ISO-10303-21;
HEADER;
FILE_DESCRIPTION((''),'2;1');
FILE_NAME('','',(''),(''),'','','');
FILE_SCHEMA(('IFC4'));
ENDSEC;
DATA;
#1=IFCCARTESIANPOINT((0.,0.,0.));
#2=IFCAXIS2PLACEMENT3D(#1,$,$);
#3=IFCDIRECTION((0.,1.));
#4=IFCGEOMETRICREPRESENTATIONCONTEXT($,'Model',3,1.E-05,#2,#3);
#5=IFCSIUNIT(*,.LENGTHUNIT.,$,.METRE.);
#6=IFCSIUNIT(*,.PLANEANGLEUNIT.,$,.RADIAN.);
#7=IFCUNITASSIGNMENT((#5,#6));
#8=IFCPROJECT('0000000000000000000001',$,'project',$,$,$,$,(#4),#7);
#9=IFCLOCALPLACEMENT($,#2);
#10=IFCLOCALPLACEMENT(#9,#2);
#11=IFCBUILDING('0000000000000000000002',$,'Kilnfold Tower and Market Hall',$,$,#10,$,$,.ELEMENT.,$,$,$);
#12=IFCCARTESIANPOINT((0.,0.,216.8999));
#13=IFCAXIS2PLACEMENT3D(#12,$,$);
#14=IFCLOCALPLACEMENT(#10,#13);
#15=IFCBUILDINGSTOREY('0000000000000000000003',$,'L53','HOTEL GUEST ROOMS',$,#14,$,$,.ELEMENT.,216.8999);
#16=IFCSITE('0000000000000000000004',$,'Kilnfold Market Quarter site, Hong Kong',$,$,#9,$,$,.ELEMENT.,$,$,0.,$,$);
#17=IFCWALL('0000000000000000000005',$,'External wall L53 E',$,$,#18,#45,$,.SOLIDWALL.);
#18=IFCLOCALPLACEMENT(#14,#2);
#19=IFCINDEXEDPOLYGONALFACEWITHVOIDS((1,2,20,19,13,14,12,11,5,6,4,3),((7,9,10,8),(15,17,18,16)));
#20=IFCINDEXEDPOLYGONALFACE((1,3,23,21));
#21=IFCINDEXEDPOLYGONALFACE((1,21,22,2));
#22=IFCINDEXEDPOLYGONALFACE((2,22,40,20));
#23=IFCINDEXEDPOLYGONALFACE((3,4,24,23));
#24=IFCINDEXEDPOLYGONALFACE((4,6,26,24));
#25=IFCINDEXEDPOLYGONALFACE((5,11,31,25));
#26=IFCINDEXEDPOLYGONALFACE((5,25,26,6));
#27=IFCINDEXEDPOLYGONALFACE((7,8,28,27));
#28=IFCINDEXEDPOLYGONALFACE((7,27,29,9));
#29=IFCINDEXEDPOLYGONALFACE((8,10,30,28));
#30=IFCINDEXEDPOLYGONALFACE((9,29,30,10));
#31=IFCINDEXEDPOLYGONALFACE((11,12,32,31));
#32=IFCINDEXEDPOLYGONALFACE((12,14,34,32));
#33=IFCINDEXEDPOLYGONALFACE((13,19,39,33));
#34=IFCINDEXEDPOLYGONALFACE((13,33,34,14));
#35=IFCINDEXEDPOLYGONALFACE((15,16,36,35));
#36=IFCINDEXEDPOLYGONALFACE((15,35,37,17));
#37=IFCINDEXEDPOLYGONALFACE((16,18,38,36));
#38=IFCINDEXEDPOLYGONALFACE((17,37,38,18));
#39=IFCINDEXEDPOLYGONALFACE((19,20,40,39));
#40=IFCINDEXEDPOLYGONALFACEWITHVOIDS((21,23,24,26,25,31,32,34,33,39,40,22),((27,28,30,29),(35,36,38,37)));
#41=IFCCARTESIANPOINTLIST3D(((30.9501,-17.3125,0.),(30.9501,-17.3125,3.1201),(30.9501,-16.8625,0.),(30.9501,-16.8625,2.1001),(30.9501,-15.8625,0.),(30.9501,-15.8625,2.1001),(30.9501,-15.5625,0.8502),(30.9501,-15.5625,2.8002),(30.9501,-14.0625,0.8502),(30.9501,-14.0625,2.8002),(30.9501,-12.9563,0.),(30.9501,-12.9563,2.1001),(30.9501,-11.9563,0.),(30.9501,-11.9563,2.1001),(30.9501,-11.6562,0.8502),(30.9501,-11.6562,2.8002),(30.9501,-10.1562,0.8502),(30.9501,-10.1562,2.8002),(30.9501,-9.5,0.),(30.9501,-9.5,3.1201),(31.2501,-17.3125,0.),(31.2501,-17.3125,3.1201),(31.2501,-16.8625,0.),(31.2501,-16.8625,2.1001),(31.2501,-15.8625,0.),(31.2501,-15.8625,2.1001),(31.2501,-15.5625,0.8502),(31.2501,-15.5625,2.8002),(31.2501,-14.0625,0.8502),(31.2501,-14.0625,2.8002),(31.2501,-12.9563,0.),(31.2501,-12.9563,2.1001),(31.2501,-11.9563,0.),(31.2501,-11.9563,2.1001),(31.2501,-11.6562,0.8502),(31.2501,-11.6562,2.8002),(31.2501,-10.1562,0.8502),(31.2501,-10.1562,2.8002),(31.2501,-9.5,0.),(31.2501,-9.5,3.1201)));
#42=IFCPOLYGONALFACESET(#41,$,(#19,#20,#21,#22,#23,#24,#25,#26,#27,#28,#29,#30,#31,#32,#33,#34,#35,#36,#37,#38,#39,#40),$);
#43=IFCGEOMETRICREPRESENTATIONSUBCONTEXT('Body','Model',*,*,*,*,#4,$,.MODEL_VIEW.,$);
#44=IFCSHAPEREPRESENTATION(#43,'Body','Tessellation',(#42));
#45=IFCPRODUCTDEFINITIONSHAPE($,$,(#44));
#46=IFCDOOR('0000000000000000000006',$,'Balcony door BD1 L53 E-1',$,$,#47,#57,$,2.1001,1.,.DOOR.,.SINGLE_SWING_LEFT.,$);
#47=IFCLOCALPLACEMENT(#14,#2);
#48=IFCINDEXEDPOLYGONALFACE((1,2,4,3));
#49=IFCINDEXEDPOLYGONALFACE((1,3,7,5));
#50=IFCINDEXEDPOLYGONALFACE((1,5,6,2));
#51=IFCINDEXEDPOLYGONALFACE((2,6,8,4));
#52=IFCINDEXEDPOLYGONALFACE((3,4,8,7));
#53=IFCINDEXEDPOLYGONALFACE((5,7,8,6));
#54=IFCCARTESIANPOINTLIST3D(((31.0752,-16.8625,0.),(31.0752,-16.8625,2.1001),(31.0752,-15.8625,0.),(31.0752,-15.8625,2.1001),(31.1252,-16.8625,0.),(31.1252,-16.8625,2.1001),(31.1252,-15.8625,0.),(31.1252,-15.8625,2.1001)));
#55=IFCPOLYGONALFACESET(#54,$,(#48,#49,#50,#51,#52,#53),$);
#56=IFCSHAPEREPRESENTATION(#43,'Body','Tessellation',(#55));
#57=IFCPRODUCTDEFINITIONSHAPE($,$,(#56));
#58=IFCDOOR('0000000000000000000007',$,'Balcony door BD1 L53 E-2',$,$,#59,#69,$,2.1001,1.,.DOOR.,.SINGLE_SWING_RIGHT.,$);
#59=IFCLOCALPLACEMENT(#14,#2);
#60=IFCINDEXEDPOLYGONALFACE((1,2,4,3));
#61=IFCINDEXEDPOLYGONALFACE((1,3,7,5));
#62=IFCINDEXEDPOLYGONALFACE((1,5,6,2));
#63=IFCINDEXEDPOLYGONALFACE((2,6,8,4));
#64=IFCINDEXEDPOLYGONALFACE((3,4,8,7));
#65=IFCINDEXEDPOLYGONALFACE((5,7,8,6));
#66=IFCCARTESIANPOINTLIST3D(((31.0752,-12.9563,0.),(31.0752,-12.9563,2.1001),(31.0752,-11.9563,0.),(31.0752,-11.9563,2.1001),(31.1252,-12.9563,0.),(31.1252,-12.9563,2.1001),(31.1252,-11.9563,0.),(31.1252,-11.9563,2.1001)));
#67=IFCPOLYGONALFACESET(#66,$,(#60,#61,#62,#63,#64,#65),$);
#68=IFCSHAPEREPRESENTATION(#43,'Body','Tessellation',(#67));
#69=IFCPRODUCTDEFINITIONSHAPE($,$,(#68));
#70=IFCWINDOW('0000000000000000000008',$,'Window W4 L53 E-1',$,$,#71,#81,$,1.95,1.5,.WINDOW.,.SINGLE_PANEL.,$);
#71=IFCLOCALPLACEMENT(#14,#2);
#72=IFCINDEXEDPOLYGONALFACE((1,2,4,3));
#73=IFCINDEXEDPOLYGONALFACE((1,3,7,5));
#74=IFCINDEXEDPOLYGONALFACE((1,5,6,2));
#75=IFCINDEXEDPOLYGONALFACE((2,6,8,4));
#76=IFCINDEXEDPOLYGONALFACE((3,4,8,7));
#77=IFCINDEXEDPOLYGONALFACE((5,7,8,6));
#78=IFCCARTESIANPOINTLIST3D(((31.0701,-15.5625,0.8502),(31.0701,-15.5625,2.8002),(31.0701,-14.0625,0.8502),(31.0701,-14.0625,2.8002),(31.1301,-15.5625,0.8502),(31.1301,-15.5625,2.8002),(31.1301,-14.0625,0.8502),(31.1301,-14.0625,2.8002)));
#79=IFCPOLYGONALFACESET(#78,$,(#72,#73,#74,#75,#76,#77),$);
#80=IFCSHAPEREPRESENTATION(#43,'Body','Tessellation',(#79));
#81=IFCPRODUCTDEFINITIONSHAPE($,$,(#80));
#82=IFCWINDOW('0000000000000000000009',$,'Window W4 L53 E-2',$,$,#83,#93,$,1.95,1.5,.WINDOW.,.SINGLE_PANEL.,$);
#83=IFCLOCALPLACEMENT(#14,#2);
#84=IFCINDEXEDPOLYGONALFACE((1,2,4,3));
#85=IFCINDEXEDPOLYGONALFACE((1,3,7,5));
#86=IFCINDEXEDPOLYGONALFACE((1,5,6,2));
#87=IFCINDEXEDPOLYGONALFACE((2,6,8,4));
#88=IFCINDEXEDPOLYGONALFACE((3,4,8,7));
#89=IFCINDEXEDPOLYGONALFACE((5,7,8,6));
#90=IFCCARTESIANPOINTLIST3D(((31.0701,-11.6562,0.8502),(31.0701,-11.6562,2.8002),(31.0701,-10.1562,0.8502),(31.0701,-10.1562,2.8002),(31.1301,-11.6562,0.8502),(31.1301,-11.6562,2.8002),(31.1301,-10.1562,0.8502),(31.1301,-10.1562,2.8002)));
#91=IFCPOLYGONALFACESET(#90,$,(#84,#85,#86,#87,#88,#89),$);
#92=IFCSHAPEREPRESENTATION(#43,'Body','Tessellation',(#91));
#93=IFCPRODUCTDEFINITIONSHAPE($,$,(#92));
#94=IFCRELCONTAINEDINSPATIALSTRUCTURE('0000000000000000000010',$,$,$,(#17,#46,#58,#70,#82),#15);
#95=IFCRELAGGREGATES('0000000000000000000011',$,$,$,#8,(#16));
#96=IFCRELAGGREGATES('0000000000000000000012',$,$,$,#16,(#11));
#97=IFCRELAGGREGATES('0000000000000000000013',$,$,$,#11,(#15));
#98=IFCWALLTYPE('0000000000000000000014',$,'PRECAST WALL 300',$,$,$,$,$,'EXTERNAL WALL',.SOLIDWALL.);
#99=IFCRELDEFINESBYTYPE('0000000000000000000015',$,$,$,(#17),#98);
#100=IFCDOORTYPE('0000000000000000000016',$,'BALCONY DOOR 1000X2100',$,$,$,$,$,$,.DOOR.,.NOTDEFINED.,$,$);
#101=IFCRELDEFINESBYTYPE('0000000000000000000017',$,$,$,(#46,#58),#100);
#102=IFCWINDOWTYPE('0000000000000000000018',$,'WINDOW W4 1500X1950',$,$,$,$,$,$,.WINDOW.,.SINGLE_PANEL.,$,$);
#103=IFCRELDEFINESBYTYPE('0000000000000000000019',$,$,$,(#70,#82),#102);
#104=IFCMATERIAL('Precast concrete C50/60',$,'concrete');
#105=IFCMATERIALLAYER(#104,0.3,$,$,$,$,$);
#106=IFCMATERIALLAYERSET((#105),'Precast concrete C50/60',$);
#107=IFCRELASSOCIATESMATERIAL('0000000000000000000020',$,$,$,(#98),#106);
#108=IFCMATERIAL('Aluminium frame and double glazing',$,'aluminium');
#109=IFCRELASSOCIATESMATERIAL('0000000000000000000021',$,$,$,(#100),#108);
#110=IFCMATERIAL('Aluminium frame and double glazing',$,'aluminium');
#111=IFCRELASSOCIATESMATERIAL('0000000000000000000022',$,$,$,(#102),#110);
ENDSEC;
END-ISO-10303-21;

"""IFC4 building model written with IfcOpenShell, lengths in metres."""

from ifc_helpers import new_model, si_unit, direction, frame, frame_2d, origin, place, context, subcontext, project, spatial, rectangle, extrude, source, transform, mapped, material, layer, layer_set, type_object, element, fill, save


model = new_model("IFC4")

# Units and contexts
model_context = context("Model", 3, precision=1e-05, world=origin(), true_north=direction((0.0, 1.0)))
body_context = subcontext(model_context, "Body", "Model", "MODEL_VIEW")
ifc_project = project(units=[si_unit("LENGTHUNIT", "METRE"), si_unit("PLANEANGLEUNIT", "RADIAN")], contexts=[model_context])

# Site, building, storey
site_placement = place(None, origin())
site = spatial("IfcSite", under=ifc_project, at=site_placement, Name="Kilnfold Market Quarter site, Hong Kong", CompositionType="ELEMENT", RefElevation=0.0)
building_placement = place(site_placement, origin())
building = spatial("IfcBuilding", under=site, at=building_placement, Name="Kilnfold Tower and Market Hall", CompositionType="ELEMENT")
storey_placement = place(building_placement, frame((0.0, 0.0, 216.8999)))
storey = spatial("IfcBuildingStorey", under=building, at=storey_placement, Name="L53", Description="HOTEL GUEST ROOMS", CompositionType="ELEMENT", Elevation=216.8999)

# Wall, openings, doors, windows
ifc_material_1 = material(Name="Precast concrete C50/60", Category="concrete")
ifc_layer_1 = layer(ifc_material_1, 0.3)
ifc_layer_set_1 = layer_set([ifc_layer_1], Name="Precast concrete C50/60")
wall_type_1 = type_object("IfcWallType", Name="PRECAST WALL 300", ElementType="EXTERNAL WALL", PredefinedType="SOLIDWALL", material=ifc_layer_set_1)
shared_shape_1 = source(origin(), body_context, "Body", "SweptSolid", [
    extrude(rectangle(XDim=7.8125, YDim=0.3, at=frame_2d((3.9062, 0.0))), origin(), (0.0, 0.0, 1.0), 3.1201),
])
wall_1_placement = place(storey_placement, frame((31.1001, -17.3125, 0.0), z_axis=(0.0, 0.0, 1.0), x_axis=(0.0, 1.0, 0.0)))
wall_1 = element("IfcWall", 1, at=wall_1_placement, inside=storey, type_object=wall_type_1, Name="External wall L53 E", PredefinedType="SOLIDWALL", context=body_context, shape_type="MappedRepresentation", body=[
    mapped(shared_shape_1, transform((0.0, 0.0, 0.0))),
])
opening_1_placement = place(wall_1_placement, frame((1.75, 0.0, 0.8501)))
opening_1 = element("IfcOpeningElement", 2, at=opening_1_placement, cuts=wall_1, PredefinedType="OPENING", context=body_context, shape_type="SweptSolid", body=[
    extrude(rectangle(XDim=1.5, YDim=1.95, at=frame_2d((0.75, 0.9751))), frame((0.0, 0.1602, 0.0), z_axis=(0.0, -1.0, 0.0), x_axis=(1.0, 0.0, 0.0)), (0.0, 0.0, 1.0), 0.3201),
])
opening_2_placement = place(wall_1_placement, frame((0.45, 0.0, 0.0)))
opening_2 = element("IfcOpeningElement", 3, at=opening_2_placement, cuts=wall_1, PredefinedType="OPENING", context=body_context, shape_type="SweptSolid", body=[
    extrude(rectangle(XDim=1.0, YDim=2.1001, at=frame_2d((0.5, 1.05))), frame((0.0, 0.1602, 0.0), z_axis=(0.0, -1.0, 0.0), x_axis=(1.0, 0.0, 0.0)), (0.0, 0.0, 1.0), 0.3201),
])
opening_3_placement = place(wall_1_placement, frame((5.6562, 0.0, 0.8501)))
opening_3 = element("IfcOpeningElement", 4, at=opening_3_placement, cuts=wall_1, PredefinedType="OPENING", context=body_context, shape_type="SweptSolid", body=[
    extrude(rectangle(XDim=1.5, YDim=1.95, at=frame_2d((0.75, 0.9751))), frame((0.0, 0.1602, 0.0), z_axis=(0.0, -1.0, 0.0), x_axis=(1.0, 0.0, 0.0)), (0.0, 0.0, 1.0), 0.3201),
])
opening_4_placement = place(wall_1_placement, frame((4.3562, 0.0, 0.0)))
opening_4 = element("IfcOpeningElement", 5, at=opening_4_placement, cuts=wall_1, PredefinedType="OPENING", context=body_context, shape_type="SweptSolid", body=[
    extrude(rectangle(XDim=1.0, YDim=2.1001, at=frame_2d((0.5, 1.05))), frame((0.0, 0.1602, 0.0), z_axis=(0.0, -1.0, 0.0), x_axis=(1.0, 0.0, 0.0)), (0.0, 0.0, 1.0), 0.3201),
])
ifc_material_2 = material(Name="Aluminium frame and double glazing", Category="aluminium")
door_type_1 = type_object("IfcDoorType", Name="BALCONY DOOR 1000X2100", OperationType="NOTDEFINED", PredefinedType="DOOR", material=ifc_material_2)
door_1_placement = place(opening_2_placement, origin())
door_1 = element("IfcDoor", 6, at=door_1_placement, inside=storey, type_object=door_type_1, Name="Balcony door BD1 L53 E-1", OperationType="SINGLE_SWING_LEFT", OverallHeight=2.1001, OverallWidth=1.0, PredefinedType="DOOR", context=body_context, shape_type="SweptSolid", body=[
    extrude(rectangle(XDim=1.0, YDim=2.1001, at=frame_2d((0.5, 1.05))), frame((0.0, 0.0249, 0.0), z_axis=(0.0, -1.0, 0.0), x_axis=(1.0, 0.0, 0.0)), (0.0, 0.0, 1.0), 0.05),
])
fill(opening_2, door_1)
door_2_placement = place(opening_4_placement, origin())
door_2 = element("IfcDoor", 7, at=door_2_placement, inside=storey, type_object=door_type_1, Name="Balcony door BD1 L53 E-2", OperationType="SINGLE_SWING_RIGHT", OverallHeight=2.1001, OverallWidth=1.0, PredefinedType="DOOR", context=body_context, shape_type="SweptSolid", body=[
    extrude(rectangle(XDim=1.0, YDim=2.1001, at=frame_2d((0.5, 1.05))), frame((0.0, 0.0249, 0.0), z_axis=(0.0, -1.0, 0.0), x_axis=(1.0, 0.0, 0.0)), (0.0, 0.0, 1.0), 0.05),
])
fill(opening_4, door_2)
ifc_material_3 = material(Name="Aluminium frame and double glazing", Category="aluminium")
window_type = type_object("IfcWindowType", Name="WINDOW W4 1500X1950", PartitioningType="SINGLE_PANEL", PredefinedType="WINDOW", material=ifc_material_3)
window_1_placement = place(opening_1_placement, origin())
window_1 = element("IfcWindow", 8, at=window_1_placement, inside=storey, type_object=window_type, Name="Window W4 L53 E-1", OverallHeight=1.95, OverallWidth=1.5, PartitioningType="SINGLE_PANEL", PredefinedType="WINDOW", context=body_context, shape_type="SweptSolid", body=[
    extrude(rectangle(XDim=1.5, YDim=1.95, at=frame_2d((0.75, 0.9751))), frame((0.0, 0.03, 0.0), z_axis=(0.0, -1.0, 0.0), x_axis=(1.0, 0.0, 0.0)), (0.0, 0.0, 1.0), 0.0601),
])
fill(opening_1, window_1)
window_2_placement = place(opening_3_placement, origin())
window_2 = element("IfcWindow", 9, at=window_2_placement, inside=storey, type_object=window_type, Name="Window W4 L53 E-2", OverallHeight=1.95, OverallWidth=1.5, PartitioningType="SINGLE_PANEL", PredefinedType="WINDOW", context=body_context, shape_type="SweptSolid", body=[
    extrude(rectangle(XDim=1.5, YDim=1.95, at=frame_2d((0.75, 0.9751))), frame((0.0, 0.03, 0.0), z_axis=(0.0, -1.0, 0.0), x_axis=(1.0, 0.0, 0.0)), (0.0, 0.0, 1.0), 0.0601),
])
fill(opening_3, window_2)

save(model, "model.ifc")
